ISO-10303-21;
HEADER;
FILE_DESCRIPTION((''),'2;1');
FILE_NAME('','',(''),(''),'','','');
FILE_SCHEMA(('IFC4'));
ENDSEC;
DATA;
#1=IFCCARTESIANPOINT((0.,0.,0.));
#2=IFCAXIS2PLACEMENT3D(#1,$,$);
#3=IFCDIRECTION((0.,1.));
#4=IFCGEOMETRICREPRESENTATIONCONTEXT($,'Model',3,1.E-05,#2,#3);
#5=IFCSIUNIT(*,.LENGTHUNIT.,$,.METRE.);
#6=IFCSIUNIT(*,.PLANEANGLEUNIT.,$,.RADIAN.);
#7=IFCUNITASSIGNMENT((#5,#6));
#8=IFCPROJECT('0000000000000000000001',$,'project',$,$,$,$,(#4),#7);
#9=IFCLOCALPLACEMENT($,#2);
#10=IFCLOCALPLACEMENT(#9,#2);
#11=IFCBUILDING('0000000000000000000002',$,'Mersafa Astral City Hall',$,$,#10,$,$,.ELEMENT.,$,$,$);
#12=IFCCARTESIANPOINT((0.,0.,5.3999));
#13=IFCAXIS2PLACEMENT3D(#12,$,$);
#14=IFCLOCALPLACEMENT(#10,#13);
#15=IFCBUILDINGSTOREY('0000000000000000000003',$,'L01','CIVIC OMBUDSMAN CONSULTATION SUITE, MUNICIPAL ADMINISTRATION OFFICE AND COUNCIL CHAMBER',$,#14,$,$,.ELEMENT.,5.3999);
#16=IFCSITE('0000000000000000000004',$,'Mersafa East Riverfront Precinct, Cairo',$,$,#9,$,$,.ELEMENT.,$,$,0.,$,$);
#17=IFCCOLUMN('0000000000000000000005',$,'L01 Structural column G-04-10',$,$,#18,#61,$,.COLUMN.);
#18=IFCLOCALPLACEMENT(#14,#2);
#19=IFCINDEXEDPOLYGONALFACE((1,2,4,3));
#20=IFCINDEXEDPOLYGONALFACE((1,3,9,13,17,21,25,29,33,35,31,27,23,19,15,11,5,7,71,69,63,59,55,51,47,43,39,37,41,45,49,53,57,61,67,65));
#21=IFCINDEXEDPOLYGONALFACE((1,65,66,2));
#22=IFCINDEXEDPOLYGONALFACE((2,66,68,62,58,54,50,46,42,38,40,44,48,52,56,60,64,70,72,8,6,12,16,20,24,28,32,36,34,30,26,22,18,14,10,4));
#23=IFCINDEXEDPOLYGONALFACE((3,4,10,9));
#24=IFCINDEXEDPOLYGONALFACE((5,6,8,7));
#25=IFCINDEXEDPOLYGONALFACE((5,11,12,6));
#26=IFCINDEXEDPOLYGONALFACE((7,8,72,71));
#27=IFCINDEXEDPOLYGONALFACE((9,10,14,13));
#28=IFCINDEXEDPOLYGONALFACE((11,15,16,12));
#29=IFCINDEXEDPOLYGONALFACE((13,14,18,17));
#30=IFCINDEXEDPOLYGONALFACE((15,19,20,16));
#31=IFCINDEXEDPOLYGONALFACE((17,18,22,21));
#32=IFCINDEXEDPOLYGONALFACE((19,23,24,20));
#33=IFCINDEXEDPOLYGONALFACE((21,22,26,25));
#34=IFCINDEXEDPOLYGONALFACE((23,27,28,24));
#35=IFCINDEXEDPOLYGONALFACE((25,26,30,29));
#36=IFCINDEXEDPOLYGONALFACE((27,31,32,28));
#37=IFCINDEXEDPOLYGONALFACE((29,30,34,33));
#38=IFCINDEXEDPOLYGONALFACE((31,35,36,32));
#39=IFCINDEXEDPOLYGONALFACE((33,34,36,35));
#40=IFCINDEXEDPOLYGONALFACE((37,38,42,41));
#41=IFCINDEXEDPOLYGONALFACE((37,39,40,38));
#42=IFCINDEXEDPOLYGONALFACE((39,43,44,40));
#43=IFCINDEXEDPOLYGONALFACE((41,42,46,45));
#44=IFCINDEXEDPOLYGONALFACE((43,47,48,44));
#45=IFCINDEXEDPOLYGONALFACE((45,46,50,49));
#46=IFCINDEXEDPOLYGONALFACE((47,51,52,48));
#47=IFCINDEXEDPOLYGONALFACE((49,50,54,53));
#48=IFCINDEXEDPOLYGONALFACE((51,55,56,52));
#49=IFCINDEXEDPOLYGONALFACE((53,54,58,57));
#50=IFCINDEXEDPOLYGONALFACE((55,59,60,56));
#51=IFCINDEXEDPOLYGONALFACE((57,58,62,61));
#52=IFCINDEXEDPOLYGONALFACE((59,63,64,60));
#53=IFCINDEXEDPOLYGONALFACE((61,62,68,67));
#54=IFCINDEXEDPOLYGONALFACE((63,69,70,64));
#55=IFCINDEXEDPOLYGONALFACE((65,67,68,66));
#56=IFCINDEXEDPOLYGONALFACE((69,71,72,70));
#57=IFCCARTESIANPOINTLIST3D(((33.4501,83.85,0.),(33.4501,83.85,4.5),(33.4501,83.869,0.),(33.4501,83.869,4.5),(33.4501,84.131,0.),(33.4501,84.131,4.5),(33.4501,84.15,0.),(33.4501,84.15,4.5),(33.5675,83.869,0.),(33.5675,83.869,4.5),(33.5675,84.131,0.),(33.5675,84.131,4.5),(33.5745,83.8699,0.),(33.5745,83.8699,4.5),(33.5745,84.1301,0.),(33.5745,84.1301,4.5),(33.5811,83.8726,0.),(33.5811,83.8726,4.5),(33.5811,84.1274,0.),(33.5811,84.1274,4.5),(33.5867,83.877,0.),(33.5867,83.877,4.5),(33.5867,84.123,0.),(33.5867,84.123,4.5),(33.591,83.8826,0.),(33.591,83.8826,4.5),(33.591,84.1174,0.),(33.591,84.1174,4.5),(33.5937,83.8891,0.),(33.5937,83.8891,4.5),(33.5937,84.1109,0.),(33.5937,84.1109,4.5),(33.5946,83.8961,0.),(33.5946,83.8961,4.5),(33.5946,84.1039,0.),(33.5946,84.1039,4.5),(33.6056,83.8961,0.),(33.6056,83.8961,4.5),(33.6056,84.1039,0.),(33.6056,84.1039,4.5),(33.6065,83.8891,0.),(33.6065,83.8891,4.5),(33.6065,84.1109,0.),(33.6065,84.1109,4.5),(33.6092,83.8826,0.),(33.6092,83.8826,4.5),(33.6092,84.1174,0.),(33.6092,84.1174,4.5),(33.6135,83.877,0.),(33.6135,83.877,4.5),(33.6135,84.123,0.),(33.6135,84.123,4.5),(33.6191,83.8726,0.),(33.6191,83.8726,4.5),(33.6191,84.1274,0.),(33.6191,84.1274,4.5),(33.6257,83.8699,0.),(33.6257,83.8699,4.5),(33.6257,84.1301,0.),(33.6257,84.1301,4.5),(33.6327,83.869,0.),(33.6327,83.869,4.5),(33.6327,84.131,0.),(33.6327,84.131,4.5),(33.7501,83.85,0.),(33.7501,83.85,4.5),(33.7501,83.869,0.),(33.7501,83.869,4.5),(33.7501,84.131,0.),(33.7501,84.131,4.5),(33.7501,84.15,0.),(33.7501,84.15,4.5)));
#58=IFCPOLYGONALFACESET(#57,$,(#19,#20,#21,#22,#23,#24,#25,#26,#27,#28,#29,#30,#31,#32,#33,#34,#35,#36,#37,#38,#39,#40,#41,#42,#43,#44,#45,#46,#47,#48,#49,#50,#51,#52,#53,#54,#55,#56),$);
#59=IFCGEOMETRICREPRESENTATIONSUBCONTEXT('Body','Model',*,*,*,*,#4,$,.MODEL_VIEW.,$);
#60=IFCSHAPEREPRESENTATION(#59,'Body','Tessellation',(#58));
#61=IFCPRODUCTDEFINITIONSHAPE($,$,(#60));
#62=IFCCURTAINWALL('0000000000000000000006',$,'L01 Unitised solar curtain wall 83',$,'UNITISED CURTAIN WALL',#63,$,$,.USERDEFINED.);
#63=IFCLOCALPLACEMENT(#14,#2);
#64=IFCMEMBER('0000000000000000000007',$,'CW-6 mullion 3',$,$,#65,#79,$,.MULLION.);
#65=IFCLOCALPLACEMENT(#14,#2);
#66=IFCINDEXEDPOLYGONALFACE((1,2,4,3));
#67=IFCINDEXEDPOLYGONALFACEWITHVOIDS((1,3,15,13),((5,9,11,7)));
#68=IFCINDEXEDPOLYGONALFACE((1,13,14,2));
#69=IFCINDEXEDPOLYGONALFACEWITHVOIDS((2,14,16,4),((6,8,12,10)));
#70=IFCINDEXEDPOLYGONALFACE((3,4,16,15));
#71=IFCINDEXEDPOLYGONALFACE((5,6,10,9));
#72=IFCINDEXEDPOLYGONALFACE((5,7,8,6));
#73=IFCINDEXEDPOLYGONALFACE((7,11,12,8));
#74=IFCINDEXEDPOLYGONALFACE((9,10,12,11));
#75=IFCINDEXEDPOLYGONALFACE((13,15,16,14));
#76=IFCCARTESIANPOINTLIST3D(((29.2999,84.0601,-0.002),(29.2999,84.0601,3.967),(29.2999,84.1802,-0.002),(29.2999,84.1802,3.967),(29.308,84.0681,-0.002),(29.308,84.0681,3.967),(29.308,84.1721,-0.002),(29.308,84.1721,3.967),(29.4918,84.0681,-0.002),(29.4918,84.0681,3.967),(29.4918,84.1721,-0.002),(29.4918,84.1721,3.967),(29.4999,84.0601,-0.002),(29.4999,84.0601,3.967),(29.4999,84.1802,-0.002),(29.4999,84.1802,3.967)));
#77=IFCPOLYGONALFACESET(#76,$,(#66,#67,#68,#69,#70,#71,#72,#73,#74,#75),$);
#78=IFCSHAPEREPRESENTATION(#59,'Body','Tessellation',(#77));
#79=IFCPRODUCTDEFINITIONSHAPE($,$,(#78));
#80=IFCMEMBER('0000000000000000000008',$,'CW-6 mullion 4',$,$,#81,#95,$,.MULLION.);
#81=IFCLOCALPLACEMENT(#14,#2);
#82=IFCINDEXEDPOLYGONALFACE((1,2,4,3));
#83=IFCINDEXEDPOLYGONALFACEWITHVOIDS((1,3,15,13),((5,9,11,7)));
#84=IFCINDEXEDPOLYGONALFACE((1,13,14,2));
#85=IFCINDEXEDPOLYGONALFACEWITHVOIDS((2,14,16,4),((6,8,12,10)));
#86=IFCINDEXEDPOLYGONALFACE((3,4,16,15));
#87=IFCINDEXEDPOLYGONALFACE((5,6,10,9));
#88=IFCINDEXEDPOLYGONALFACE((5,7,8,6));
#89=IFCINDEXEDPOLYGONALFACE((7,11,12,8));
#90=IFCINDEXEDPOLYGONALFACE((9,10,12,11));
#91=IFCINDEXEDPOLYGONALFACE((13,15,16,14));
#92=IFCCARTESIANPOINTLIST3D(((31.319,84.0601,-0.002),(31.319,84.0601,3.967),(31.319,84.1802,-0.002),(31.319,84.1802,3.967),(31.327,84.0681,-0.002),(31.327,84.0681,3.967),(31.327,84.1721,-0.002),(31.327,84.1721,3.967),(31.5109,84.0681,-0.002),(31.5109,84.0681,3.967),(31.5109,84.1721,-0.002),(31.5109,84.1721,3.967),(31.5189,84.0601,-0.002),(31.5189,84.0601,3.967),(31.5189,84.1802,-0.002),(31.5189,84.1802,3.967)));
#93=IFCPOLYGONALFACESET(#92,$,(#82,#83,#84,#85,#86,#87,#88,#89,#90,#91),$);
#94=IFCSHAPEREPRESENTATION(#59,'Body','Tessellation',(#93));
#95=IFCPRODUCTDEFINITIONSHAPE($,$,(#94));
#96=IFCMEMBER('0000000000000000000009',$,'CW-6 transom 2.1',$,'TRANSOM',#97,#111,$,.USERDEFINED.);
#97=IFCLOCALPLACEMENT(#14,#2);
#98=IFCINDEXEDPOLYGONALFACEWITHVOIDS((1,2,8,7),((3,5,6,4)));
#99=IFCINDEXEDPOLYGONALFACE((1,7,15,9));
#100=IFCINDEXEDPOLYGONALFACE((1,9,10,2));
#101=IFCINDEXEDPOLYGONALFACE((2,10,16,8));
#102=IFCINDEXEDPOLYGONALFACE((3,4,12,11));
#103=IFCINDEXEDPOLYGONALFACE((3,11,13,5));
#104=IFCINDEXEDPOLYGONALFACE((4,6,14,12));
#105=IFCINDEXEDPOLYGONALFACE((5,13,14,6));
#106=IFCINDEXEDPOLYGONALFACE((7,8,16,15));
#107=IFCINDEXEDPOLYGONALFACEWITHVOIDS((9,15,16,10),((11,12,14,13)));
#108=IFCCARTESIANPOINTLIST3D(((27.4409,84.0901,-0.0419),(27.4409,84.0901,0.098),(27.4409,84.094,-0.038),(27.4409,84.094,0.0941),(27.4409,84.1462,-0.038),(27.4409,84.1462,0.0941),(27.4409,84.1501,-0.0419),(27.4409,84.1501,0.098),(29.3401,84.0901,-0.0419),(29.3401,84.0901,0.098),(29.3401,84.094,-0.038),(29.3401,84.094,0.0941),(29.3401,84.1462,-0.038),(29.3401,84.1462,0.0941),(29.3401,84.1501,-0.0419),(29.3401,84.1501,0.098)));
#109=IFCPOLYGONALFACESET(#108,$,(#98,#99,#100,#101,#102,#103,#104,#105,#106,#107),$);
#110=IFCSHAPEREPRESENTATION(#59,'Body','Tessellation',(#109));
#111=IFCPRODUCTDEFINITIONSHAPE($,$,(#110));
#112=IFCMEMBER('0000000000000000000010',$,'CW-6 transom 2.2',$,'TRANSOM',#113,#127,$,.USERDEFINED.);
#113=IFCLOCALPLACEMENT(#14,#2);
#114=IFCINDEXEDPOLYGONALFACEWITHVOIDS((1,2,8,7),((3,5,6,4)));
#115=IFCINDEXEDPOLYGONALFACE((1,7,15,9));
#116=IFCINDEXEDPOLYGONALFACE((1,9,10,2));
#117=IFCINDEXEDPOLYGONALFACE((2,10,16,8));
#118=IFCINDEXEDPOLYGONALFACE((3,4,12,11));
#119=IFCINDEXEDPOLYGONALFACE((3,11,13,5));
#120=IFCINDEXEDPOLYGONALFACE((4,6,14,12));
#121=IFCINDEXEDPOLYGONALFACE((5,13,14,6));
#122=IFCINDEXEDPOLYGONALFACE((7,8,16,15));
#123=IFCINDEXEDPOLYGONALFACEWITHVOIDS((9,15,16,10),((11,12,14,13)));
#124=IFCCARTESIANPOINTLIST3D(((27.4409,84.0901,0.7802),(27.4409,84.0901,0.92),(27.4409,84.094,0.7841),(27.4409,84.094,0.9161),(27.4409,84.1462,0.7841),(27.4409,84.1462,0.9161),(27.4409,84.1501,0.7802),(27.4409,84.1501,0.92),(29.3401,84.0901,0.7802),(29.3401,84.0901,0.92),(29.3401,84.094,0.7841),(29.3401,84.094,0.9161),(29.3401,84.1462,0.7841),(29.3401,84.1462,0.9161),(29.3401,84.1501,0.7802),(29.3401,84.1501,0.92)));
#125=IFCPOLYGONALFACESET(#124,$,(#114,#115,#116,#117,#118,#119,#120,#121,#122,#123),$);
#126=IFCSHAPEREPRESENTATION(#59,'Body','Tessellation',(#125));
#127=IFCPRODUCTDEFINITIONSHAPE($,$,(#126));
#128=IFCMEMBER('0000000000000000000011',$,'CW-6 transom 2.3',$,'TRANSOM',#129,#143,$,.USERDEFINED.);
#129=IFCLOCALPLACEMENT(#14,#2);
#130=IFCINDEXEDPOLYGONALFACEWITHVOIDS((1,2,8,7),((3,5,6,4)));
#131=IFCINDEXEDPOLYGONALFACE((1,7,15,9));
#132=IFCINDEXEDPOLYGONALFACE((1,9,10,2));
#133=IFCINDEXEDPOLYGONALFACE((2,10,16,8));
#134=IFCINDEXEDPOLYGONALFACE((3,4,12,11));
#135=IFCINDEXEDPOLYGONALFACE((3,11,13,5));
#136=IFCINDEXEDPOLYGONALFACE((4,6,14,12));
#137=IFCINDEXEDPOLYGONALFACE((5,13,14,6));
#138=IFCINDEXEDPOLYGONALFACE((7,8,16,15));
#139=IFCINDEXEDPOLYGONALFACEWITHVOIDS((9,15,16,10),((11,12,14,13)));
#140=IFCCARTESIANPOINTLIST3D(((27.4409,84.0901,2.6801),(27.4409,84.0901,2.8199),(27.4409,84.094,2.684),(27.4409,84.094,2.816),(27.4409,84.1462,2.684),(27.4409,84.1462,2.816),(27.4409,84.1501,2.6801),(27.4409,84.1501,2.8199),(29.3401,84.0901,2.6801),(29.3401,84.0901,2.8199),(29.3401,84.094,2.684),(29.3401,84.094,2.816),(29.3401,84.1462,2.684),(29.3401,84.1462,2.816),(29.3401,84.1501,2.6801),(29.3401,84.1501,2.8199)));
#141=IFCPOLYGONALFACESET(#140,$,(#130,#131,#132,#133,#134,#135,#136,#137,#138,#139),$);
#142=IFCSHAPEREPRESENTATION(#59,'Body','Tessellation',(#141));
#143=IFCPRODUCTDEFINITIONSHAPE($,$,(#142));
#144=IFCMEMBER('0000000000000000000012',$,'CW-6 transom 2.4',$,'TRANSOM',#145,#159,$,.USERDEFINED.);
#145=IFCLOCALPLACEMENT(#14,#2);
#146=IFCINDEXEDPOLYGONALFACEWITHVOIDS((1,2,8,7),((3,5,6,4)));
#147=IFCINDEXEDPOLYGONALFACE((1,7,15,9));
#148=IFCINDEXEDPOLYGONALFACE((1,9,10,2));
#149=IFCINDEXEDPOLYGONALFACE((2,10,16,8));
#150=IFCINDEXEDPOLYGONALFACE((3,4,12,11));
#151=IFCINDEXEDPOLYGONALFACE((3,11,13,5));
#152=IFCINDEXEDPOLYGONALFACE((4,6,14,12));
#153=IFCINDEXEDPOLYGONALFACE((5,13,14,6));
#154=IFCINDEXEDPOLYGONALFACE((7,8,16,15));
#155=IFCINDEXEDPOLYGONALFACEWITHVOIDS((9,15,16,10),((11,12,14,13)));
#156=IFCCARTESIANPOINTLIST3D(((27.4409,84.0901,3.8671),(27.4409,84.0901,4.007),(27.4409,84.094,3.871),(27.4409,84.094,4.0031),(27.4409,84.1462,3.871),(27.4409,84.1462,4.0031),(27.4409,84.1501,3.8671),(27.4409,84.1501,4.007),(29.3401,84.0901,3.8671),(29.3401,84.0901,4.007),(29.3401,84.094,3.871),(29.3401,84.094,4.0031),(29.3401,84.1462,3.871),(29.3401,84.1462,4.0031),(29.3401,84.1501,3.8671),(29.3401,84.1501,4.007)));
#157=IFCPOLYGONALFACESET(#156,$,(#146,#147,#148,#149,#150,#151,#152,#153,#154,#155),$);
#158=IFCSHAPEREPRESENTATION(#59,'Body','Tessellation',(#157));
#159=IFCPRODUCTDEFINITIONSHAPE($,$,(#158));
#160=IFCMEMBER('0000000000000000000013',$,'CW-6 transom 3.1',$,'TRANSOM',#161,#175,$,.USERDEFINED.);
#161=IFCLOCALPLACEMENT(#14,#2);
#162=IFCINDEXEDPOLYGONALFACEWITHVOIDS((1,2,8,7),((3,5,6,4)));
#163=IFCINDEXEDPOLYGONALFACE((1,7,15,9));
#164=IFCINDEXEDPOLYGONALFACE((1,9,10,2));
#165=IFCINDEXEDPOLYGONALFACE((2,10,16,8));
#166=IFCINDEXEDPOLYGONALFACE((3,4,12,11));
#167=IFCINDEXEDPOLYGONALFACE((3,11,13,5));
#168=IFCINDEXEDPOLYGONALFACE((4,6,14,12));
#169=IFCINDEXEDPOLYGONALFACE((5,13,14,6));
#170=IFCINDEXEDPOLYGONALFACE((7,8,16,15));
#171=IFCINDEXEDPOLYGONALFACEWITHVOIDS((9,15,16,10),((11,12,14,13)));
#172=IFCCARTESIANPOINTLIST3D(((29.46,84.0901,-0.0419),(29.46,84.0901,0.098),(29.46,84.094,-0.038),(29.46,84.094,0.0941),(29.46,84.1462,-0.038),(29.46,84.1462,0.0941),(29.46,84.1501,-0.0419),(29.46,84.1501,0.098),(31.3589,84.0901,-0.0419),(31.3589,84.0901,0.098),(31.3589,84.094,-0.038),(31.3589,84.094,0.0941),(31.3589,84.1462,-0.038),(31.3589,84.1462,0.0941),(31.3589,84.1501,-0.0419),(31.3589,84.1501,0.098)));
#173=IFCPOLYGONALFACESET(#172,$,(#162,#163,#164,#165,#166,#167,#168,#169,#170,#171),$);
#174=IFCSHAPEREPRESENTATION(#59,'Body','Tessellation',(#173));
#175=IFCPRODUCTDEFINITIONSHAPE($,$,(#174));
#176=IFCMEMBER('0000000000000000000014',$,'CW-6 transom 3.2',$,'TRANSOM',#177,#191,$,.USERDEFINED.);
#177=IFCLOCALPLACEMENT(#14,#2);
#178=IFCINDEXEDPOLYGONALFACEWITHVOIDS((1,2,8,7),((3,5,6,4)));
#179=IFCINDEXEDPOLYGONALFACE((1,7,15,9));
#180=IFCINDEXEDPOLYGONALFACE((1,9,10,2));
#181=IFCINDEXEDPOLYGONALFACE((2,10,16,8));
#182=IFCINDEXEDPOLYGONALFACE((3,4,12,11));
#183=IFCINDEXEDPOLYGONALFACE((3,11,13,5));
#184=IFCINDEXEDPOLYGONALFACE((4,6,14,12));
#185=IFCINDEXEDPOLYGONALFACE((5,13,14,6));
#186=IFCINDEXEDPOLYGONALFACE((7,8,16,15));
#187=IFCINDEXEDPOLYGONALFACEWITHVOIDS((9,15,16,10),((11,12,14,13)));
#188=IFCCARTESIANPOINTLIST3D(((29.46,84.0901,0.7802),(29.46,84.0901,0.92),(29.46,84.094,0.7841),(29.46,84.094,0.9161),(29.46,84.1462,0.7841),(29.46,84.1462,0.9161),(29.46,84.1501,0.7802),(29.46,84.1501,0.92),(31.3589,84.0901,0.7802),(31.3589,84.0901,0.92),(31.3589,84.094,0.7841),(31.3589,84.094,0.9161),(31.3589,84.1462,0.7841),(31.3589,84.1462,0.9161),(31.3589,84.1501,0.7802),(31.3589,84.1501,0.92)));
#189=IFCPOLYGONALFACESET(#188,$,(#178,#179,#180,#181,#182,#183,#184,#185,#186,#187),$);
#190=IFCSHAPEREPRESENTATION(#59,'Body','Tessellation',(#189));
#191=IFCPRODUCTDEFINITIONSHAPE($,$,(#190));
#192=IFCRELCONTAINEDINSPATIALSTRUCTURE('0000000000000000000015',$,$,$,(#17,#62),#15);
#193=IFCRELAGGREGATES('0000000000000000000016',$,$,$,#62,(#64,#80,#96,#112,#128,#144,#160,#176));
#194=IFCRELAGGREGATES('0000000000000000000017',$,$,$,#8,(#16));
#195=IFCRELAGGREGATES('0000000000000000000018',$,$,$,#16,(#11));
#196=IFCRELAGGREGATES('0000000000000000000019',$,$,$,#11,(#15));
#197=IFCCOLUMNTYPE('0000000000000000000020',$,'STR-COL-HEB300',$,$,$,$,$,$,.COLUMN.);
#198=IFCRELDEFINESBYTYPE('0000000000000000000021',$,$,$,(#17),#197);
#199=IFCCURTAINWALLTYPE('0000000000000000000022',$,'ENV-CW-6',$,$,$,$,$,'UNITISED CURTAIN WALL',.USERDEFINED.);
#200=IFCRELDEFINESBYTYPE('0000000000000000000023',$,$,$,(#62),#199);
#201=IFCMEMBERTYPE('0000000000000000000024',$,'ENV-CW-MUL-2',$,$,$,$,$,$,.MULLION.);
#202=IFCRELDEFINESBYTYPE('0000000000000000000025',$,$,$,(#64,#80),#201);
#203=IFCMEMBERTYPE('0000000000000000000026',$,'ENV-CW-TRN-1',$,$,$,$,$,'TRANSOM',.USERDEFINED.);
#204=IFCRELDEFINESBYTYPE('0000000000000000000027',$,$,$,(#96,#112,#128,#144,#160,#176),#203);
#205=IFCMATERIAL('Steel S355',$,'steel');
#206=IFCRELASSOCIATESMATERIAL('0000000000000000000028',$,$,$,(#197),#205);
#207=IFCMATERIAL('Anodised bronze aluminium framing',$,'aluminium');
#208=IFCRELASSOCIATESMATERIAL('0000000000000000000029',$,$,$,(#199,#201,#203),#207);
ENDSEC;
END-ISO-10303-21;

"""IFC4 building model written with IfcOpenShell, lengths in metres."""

from ifc_helpers import new_model, si_unit, direction, frame, origin, origin_2d, place, context, subcontext, project, spatial, hollow_rectangle, i_section, extrude, material, material_profile, profile_set, type_object, element, aggregate, save


model = new_model("IFC4")

# Units and contexts
model_context = context("Model", 3, precision=1e-05, world=origin(), true_north=direction((0.0, 1.0)))
body_context = subcontext(model_context, "Body", "Model", "MODEL_VIEW")
ifc_project = project(units=[si_unit("LENGTHUNIT", "METRE"), si_unit("PLANEANGLEUNIT", "RADIAN")], contexts=[model_context])

# Site, building, storey
site_placement = place(None, origin())
site = spatial("IfcSite", under=ifc_project, at=site_placement, Name="Mersafa East Riverfront Precinct, Cairo", CompositionType="ELEMENT", RefElevation=0.0)
building_placement = place(site_placement, origin())
building = spatial("IfcBuilding", under=site, at=building_placement, Name="Mersafa Astral City Hall", CompositionType="ELEMENT")
storey_placement = place(building_placement, frame((0.0, 0.0, 5.3999)))
storey = spatial("IfcBuildingStorey", under=building, at=storey_placement, Name="L01", Description="CIVIC OMBUDSMAN CONSULTATION SUITE, MUNICIPAL ADMINISTRATION OFFICE AND COUNCIL CHAMBER", CompositionType="ELEMENT", Elevation=5.3999)

# Column
ifc_material_1 = material(Name="Steel S355", Category="steel")
ifc_material_profile_1 = material_profile(ifc_material_1, i_section(OverallWidth=0.3, OverallDepth=0.3, WebThickness=0.011, FlangeThickness=0.019, FilletRadius=0.0271, at=origin_2d()), Name="HEB 300")
ifc_profile_set_1 = profile_set([ifc_material_profile_1], Name="Steel S355")
column_type = type_object("IfcColumnType", Name="STR-COL-HEB300", PredefinedType="COLUMN", material=ifc_profile_set_1)
column_placement = place(storey_placement, frame((33.6001, 84.0, 0.0), z_axis=(0.0, 0.0, 1.0), x_axis=(1.0, 0.0, 0.0)))
element("IfcColumn", 1, at=column_placement, inside=storey, type_object=column_type, Name="L01 Structural column G-04-10", PredefinedType="COLUMN", context=body_context, shape_type="SweptSolid", body=[
    extrude(i_section(OverallWidth=0.3, OverallDepth=0.3, WebThickness=0.011, FlangeThickness=0.019, FilletRadius=0.0271, at=origin_2d()), origin(), (0.0, 0.0, 1.0), 4.5),
])

# Curtain wall, members
ifc_material_2 = material(Name="Anodised bronze aluminium framing", Category="aluminium")
curtain_wall_type = type_object("IfcCurtainWallType", Name="ENV-CW-6", ElementType="UNITISED CURTAIN WALL", PredefinedType="USERDEFINED", material=ifc_material_2)
curtain_wall_placement = place(storey_placement, origin())
curtain_wall = element("IfcCurtainWall", 2, at=curtain_wall_placement, inside=storey, type_object=curtain_wall_type, Name="L01 Unitised solar curtain wall 83", ObjectType="UNITISED CURTAIN WALL", PredefinedType="USERDEFINED")
ifc_material_profile_2 = material_profile(ifc_material_2, hollow_rectangle(XDim=0.1201, YDim=0.2, WallThickness=0.0081, at=origin_2d()), Name="RHS 120x200x8")
ifc_profile_set_2 = profile_set([ifc_material_profile_2], Name="Anodised bronze aluminium framing")
member_type_1 = type_object("IfcMemberType", Name="ENV-CW-MUL-2", PredefinedType="MULLION", material=ifc_profile_set_2)
member_1_placement = place(storey_placement, frame((29.3999, 84.1201, -0.002), z_axis=(0.0, 0.0, 1.0), x_axis=(0.0, 1.0, 0.0)))
member_1 = element("IfcMember", 3, at=member_1_placement, type_object=member_type_1, Name="CW-6 mullion 3", PredefinedType="MULLION", context=body_context, shape_type="SweptSolid", body=[
    extrude(hollow_rectangle(XDim=0.1201, YDim=0.2, WallThickness=0.0081, at=origin_2d()), origin(), (0.0, 0.0, 1.0), 3.969),
])
member_2_placement = place(storey_placement, frame((31.4189, 84.1201, -0.002), z_axis=(0.0, 0.0, 1.0), x_axis=(0.0, 1.0, 0.0)))
member_2 = element("IfcMember", 4, at=member_2_placement, type_object=member_type_1, Name="CW-6 mullion 4", PredefinedType="MULLION", context=body_context, shape_type="SweptSolid", body=[
    extrude(hollow_rectangle(XDim=0.1201, YDim=0.2, WallThickness=0.0081, at=origin_2d()), origin(), (0.0, 0.0, 1.0), 3.969),
])
ifc_material_profile_3 = material_profile(ifc_material_2, hollow_rectangle(XDim=0.0601, YDim=0.1399, WallThickness=0.0039, at=origin_2d()), Name="RHS 60x140x4")
ifc_profile_set_3 = profile_set([ifc_material_profile_3], Name="Anodised bronze aluminium framing")
member_type_2 = type_object("IfcMemberType", Name="ENV-CW-TRN-1", ElementType="TRANSOM", PredefinedType="USERDEFINED", material=ifc_profile_set_3)
member_3_placement = place(storey_placement, frame((27.4409, 84.1201, 0.0281), z_axis=(1.0, 0.0, 0.0), x_axis=(0.0, 1.0, 0.0)))
member_3 = element("IfcMember", 5, at=member_3_placement, type_object=member_type_2, Name="CW-6 transom 2.1", ObjectType="TRANSOM", PredefinedType="USERDEFINED", context=body_context, shape_type="SweptSolid", body=[
    extrude(hollow_rectangle(XDim=0.0601, YDim=0.1399, WallThickness=0.0039, at=origin_2d()), origin(), (0.0, 0.0, 1.0), 1.8992),
])
member_4_placement = place(storey_placement, frame((27.4409, 84.1201, 0.8501), z_axis=(1.0, 0.0, 0.0), x_axis=(0.0, 1.0, 0.0)))
member_4 = element("IfcMember", 6, at=member_4_placement, type_object=member_type_2, Name="CW-6 transom 2.2", ObjectType="TRANSOM", PredefinedType="USERDEFINED", context=body_context, shape_type="SweptSolid", body=[
    extrude(hollow_rectangle(XDim=0.0601, YDim=0.1399, WallThickness=0.0039, at=origin_2d()), origin(), (0.0, 0.0, 1.0), 1.8992),
])
member_5_placement = place(storey_placement, frame((27.4409, 84.1201, 2.75), z_axis=(1.0, 0.0, 0.0), x_axis=(0.0, 1.0, 0.0)))
member_5 = element("IfcMember", 7, at=member_5_placement, type_object=member_type_2, Name="CW-6 transom 2.3", ObjectType="TRANSOM", PredefinedType="USERDEFINED", context=body_context, shape_type="SweptSolid", body=[
    extrude(hollow_rectangle(XDim=0.0601, YDim=0.1399, WallThickness=0.0039, at=origin_2d()), origin(), (0.0, 0.0, 1.0), 1.8992),
])
member_6_placement = place(storey_placement, frame((27.4409, 84.1201, 3.937), z_axis=(1.0, 0.0, 0.0), x_axis=(0.0, 1.0, 0.0)))
member_6 = element("IfcMember", 8, at=member_6_placement, type_object=member_type_2, Name="CW-6 transom 2.4", ObjectType="TRANSOM", PredefinedType="USERDEFINED", context=body_context, shape_type="SweptSolid", body=[
    extrude(hollow_rectangle(XDim=0.0601, YDim=0.1399, WallThickness=0.0039, at=origin_2d()), origin(), (0.0, 0.0, 1.0), 1.8992),
])
member_7_placement = place(storey_placement, frame((29.46, 84.1201, 0.0281), z_axis=(1.0, 0.0, 0.0), x_axis=(0.0, 1.0, 0.0)))
member_7 = element("IfcMember", 9, at=member_7_placement, type_object=member_type_2, Name="CW-6 transom 3.1", ObjectType="TRANSOM", PredefinedType="USERDEFINED", context=body_context, shape_type="SweptSolid", body=[
    extrude(hollow_rectangle(XDim=0.0601, YDim=0.1399, WallThickness=0.0039, at=origin_2d()), origin(), (0.0, 0.0, 1.0), 1.8989),
])
member_8_placement = place(storey_placement, frame((29.46, 84.1201, 0.8501), z_axis=(1.0, 0.0, 0.0), x_axis=(0.0, 1.0, 0.0)))
member_8 = element("IfcMember", 10, at=member_8_placement, type_object=member_type_2, Name="CW-6 transom 3.2", ObjectType="TRANSOM", PredefinedType="USERDEFINED", context=body_context, shape_type="SweptSolid", body=[
    extrude(hollow_rectangle(XDim=0.0601, YDim=0.1399, WallThickness=0.0039, at=origin_2d()), origin(), (0.0, 0.0, 1.0), 1.8989),
])

aggregate(curtain_wall, [member_1, member_2, member_3, member_4, member_5, member_6, member_7, member_8])

save(model, "model.ifc")
